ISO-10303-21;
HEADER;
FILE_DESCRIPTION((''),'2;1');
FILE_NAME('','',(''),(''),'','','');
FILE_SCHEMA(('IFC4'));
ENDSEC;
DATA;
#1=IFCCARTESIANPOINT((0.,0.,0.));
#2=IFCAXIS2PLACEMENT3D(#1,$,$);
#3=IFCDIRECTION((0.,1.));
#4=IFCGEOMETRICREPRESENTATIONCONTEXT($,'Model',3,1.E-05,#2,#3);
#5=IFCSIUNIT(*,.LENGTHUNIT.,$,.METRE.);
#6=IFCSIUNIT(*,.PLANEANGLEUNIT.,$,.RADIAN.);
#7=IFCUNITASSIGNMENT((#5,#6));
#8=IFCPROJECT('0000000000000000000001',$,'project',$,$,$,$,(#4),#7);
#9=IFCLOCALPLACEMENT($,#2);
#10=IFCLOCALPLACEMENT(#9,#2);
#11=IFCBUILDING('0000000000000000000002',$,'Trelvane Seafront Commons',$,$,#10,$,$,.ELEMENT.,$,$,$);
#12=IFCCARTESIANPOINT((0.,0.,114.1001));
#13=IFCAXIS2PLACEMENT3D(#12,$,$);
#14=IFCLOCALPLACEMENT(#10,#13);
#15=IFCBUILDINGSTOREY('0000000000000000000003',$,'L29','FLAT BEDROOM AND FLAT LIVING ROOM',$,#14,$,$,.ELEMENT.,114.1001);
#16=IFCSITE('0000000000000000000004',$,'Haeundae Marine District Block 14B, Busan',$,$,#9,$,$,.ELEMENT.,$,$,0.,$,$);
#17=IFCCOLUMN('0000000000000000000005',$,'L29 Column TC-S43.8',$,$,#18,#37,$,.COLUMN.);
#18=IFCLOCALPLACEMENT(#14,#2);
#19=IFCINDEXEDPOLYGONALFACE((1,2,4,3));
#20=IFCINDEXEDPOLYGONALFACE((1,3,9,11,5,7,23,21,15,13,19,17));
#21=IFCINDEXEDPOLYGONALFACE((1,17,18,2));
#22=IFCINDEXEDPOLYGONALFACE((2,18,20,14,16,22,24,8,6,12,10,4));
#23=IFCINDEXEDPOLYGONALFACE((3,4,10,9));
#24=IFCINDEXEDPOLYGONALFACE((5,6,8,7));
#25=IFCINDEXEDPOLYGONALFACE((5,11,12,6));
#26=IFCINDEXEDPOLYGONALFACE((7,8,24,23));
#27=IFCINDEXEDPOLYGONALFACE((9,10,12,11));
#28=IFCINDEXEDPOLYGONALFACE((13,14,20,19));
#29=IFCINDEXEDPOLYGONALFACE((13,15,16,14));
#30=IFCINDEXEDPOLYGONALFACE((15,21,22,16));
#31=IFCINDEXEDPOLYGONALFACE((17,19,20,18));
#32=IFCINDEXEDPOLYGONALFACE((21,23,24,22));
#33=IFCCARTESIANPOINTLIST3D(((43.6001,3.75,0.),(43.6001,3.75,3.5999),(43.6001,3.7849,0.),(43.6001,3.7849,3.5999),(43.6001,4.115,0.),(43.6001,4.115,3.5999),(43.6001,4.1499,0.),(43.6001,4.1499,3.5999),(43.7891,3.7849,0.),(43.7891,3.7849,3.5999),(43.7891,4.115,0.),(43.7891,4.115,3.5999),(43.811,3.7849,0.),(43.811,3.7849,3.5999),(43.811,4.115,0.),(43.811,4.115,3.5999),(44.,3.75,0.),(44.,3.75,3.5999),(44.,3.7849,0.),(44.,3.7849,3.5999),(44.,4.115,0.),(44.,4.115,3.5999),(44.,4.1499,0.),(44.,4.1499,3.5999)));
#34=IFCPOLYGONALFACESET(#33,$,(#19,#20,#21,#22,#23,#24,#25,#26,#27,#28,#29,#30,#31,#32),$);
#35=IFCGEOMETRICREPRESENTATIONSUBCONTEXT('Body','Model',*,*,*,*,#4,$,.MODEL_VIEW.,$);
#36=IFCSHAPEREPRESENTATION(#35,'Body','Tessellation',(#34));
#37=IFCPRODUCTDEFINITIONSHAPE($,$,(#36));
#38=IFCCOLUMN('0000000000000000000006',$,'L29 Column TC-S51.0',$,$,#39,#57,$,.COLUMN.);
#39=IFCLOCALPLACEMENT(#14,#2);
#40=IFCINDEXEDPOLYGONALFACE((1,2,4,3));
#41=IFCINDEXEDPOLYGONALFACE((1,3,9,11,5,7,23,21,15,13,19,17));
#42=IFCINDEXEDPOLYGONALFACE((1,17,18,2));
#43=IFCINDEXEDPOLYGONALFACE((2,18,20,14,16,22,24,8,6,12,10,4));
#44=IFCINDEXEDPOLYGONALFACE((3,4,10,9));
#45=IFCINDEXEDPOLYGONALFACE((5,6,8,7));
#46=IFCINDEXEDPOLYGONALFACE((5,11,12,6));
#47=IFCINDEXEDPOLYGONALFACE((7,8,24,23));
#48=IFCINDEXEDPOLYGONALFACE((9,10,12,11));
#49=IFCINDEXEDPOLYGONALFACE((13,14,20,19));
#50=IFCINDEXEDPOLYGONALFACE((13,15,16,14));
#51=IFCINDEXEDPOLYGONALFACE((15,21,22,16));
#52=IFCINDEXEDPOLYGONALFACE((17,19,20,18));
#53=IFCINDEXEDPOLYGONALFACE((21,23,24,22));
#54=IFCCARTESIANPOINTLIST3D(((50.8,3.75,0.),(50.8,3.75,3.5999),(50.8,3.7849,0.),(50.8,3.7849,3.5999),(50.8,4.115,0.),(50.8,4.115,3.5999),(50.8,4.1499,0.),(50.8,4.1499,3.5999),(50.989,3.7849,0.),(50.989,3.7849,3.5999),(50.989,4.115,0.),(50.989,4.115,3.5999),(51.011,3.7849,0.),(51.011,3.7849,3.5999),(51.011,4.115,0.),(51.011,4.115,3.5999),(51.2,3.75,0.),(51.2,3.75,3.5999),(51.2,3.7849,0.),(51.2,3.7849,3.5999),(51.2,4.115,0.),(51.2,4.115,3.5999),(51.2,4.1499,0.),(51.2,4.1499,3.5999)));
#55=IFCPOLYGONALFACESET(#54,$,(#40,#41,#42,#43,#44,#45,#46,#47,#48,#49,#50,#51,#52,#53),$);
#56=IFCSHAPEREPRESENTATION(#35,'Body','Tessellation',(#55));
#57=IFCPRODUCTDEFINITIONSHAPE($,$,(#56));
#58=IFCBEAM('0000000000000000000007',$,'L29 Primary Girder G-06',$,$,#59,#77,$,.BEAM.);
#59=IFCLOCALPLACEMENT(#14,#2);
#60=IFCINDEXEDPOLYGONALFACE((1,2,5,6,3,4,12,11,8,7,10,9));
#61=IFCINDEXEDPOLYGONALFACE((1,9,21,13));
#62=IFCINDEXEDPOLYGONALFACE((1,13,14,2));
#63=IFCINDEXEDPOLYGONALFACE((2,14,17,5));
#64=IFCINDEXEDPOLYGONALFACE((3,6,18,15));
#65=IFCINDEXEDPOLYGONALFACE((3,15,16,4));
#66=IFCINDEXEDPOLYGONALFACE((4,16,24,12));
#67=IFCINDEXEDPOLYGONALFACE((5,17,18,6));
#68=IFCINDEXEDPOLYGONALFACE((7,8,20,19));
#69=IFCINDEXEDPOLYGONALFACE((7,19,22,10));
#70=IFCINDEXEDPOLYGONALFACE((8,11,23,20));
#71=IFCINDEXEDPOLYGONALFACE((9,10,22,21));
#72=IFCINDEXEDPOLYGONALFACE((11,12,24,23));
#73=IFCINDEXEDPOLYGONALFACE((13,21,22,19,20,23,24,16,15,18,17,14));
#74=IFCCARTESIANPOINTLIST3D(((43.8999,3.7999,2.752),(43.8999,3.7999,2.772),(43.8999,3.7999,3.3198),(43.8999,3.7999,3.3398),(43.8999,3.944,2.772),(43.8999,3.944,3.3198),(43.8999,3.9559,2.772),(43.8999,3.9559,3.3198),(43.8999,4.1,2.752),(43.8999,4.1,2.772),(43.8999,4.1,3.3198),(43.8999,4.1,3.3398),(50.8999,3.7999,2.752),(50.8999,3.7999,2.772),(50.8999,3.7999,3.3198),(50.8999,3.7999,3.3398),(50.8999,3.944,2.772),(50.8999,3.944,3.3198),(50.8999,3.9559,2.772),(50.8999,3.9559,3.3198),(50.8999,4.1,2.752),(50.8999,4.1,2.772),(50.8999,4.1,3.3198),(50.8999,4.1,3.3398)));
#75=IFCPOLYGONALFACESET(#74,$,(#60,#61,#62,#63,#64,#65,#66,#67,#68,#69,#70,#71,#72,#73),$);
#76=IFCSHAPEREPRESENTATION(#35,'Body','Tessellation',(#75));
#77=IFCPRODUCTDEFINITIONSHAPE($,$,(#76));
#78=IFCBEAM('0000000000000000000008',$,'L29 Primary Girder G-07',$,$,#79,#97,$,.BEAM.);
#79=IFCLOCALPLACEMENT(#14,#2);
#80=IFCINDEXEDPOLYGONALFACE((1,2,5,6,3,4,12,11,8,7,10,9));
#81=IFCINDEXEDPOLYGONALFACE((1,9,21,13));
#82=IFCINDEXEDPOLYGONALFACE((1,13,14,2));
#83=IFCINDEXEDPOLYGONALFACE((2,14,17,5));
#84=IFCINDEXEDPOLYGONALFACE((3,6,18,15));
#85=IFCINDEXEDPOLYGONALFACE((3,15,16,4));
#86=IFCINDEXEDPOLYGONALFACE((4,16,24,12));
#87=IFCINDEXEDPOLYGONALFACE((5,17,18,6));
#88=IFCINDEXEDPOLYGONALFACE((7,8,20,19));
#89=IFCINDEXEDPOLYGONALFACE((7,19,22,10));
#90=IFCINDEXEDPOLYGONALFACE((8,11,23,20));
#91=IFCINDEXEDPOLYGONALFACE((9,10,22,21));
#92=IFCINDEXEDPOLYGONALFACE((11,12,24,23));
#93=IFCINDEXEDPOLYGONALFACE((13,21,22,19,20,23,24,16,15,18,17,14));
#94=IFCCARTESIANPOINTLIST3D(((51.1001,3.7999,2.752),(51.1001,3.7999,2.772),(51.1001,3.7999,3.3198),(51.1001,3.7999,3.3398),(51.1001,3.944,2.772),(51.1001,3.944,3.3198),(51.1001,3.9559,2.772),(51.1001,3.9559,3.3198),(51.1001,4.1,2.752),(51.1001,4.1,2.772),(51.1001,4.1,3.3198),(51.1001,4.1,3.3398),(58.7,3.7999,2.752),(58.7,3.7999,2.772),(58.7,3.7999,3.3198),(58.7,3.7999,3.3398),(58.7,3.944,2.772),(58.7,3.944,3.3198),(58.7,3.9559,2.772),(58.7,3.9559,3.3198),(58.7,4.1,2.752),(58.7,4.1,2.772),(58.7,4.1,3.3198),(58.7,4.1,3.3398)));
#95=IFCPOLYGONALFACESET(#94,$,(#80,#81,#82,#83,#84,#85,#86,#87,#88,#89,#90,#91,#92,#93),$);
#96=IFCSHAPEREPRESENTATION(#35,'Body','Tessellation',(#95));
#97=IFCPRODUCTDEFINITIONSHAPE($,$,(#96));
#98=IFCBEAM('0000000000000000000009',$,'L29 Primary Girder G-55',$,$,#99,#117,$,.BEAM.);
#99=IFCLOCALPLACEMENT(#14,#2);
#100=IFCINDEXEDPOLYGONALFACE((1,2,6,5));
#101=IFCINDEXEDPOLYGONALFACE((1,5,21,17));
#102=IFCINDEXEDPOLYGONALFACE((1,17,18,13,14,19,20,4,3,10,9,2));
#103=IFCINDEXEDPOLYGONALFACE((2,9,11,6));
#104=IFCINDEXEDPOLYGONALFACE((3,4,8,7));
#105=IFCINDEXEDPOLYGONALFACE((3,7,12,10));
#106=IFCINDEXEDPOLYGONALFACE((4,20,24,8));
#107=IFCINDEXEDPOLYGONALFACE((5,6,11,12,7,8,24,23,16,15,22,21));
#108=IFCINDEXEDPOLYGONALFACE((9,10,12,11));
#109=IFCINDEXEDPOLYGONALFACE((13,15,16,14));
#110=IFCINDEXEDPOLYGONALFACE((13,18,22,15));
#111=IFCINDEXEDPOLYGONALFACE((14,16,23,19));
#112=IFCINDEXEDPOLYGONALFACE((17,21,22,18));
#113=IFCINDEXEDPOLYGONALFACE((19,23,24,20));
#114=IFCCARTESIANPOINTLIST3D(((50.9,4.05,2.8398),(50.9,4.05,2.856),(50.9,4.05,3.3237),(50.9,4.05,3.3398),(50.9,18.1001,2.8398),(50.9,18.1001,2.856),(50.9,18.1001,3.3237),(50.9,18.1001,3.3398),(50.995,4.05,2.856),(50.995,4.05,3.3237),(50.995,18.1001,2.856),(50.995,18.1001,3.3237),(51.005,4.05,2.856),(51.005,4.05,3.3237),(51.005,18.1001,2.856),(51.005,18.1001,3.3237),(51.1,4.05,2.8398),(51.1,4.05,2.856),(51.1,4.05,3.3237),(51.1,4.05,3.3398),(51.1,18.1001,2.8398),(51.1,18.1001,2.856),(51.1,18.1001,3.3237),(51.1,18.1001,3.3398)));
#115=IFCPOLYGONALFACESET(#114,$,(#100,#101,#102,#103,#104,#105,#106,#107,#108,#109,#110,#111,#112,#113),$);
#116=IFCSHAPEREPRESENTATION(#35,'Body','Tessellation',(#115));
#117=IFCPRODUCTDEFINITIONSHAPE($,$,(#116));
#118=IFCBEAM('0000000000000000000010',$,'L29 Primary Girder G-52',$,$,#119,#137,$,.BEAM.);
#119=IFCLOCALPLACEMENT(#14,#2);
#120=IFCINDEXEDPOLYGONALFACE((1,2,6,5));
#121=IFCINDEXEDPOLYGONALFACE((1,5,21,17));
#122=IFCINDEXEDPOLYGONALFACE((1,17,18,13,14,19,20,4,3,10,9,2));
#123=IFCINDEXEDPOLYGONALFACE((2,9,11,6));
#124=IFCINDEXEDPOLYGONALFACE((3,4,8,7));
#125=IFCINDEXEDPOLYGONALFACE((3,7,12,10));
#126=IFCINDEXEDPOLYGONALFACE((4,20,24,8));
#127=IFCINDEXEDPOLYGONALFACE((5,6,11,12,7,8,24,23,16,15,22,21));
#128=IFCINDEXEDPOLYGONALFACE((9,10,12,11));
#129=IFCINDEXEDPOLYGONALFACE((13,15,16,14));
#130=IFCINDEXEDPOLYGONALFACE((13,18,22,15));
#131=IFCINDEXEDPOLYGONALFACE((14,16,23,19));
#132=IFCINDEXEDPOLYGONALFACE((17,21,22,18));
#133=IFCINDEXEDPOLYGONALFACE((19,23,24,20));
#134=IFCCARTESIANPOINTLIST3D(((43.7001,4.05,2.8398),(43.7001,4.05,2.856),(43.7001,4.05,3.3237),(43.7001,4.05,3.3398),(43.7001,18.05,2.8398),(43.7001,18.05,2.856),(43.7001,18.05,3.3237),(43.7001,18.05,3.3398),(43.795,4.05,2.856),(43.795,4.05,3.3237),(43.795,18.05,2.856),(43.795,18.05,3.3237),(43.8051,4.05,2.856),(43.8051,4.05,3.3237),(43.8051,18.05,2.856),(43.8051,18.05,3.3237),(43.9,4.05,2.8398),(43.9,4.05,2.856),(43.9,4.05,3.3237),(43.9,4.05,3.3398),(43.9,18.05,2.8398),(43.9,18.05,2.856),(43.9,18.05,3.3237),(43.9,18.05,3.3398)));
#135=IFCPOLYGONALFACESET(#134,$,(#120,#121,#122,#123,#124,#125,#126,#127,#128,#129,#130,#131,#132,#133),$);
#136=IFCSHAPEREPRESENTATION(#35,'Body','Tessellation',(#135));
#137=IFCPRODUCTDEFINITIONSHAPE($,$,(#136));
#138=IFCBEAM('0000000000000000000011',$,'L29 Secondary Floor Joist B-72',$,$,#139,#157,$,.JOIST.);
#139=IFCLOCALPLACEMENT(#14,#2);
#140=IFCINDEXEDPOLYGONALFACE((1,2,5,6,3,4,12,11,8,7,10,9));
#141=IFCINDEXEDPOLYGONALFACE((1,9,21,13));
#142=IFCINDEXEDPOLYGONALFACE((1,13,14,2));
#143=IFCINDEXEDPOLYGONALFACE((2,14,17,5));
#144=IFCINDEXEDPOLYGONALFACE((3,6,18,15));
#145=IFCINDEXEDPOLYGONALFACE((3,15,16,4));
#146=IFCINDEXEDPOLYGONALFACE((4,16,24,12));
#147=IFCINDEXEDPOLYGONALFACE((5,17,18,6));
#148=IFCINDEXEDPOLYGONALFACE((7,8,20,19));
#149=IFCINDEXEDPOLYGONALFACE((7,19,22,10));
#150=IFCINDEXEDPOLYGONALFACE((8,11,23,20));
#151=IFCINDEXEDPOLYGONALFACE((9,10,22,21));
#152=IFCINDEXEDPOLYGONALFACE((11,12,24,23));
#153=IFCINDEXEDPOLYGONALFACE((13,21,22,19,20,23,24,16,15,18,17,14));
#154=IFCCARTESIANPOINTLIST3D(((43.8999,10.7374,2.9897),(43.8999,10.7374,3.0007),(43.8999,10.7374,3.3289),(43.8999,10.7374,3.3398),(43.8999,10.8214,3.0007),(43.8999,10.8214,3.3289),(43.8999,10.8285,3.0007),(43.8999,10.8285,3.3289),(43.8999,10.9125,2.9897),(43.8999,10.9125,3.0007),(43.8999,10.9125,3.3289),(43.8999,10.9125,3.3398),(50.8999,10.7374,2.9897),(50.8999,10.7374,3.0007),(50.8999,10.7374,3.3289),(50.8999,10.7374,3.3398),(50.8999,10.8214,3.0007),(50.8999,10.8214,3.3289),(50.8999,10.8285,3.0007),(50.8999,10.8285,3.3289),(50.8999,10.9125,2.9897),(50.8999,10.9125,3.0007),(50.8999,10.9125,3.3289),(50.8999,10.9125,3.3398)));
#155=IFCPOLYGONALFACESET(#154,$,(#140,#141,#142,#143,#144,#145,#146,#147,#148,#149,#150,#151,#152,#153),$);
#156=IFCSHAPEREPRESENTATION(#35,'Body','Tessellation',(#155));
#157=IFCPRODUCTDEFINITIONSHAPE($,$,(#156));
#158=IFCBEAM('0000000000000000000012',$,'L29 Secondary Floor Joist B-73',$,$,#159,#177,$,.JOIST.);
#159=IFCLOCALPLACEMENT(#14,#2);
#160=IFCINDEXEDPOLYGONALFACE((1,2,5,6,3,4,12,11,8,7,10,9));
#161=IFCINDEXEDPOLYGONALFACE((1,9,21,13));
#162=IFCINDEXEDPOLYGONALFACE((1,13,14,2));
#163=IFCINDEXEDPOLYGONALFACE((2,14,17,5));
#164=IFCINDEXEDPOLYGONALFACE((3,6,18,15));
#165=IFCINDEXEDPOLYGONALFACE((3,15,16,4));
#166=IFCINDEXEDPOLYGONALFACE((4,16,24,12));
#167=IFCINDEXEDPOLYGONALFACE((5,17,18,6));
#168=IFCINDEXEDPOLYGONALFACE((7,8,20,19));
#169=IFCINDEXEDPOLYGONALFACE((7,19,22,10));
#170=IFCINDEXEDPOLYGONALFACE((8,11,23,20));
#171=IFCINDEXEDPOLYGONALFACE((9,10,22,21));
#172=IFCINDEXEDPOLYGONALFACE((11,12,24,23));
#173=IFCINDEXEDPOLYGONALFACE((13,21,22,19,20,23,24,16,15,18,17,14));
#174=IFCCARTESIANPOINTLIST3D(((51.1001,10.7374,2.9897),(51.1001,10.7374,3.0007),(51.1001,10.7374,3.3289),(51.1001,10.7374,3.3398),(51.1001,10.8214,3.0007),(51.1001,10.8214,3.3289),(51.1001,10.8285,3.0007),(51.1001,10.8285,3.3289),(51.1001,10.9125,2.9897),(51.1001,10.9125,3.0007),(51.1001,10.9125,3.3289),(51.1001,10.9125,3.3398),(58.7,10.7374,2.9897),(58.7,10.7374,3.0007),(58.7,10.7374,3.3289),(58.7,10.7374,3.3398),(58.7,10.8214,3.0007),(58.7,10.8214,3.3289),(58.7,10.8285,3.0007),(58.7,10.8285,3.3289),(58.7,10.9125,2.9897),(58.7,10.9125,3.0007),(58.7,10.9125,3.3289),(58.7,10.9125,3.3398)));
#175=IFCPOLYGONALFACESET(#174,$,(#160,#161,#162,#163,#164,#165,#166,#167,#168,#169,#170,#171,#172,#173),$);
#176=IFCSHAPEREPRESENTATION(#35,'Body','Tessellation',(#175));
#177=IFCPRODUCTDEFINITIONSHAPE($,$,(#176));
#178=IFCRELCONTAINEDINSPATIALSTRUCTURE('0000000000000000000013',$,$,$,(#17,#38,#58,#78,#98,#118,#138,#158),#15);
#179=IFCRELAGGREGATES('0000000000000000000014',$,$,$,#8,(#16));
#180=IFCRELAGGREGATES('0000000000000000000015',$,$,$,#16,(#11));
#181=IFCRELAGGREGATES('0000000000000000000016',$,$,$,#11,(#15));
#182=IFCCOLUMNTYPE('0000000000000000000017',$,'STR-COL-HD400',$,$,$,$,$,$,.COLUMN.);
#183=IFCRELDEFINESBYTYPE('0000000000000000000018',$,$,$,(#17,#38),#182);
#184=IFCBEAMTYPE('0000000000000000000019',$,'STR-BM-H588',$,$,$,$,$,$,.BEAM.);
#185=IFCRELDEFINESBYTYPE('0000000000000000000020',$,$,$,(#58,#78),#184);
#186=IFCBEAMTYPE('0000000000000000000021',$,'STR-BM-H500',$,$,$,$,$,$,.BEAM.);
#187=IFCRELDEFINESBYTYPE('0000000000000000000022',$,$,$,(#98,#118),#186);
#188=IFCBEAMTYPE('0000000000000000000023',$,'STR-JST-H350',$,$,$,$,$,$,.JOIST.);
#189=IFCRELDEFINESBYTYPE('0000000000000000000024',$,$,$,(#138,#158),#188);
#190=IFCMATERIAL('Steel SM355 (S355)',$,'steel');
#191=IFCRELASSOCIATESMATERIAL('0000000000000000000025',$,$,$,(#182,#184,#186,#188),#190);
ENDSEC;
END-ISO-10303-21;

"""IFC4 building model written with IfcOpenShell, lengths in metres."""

from ifc_helpers import new_model, si_unit, direction, frame, origin, origin_2d, place, context, subcontext, project, spatial, i_section, extrude, source, transform, mapped, material, material_profile, profile_set, type_object, element, save


model = new_model("IFC4")

# Units and contexts
model_context = context("Model", 3, precision=1e-05, world=origin(), true_north=direction((0.0, 1.0)))
body_context = subcontext(model_context, "Body", "Model", "MODEL_VIEW")
ifc_project = project(units=[si_unit("LENGTHUNIT", "METRE"), si_unit("PLANEANGLEUNIT", "RADIAN")], contexts=[model_context])

# Site, building, storey
site_placement = place(None, origin())
site = spatial("IfcSite", under=ifc_project, at=site_placement, Name="Haeundae Marine District Block 14B, Busan", CompositionType="ELEMENT", RefElevation=0.0)
building_placement = place(site_placement, origin())
building = spatial("IfcBuilding", under=site, at=building_placement, Name="Trelvane Seafront Commons", CompositionType="ELEMENT")
storey_placement = place(building_placement, frame((0.0, 0.0, 114.1001)))
storey = spatial("IfcBuildingStorey", under=building, at=storey_placement, Name="L29", Description="FLAT BEDROOM AND FLAT LIVING ROOM", CompositionType="ELEMENT", Elevation=114.1001)

# Columns
ifc_material_1 = material(Name="Steel SM355 (S355)", Category="steel")
ifc_material_profile_1 = material_profile(ifc_material_1, i_section(OverallWidth=0.3999, OverallDepth=0.3999, WebThickness=0.022, FlangeThickness=0.0349, at=origin_2d()), Name="HD-400x400x22x35")
ifc_profile_set_1 = profile_set([ifc_material_profile_1], Name="Steel SM355 (S355)")
column_type = type_object("IfcColumnType", Name="STR-COL-HD400", PredefinedType="COLUMN", material=ifc_profile_set_1)
shared_shape_1 = source(origin(), body_context, "Body", "SweptSolid", [
    extrude(i_section(OverallWidth=0.3999, OverallDepth=0.3999, WebThickness=0.022, FlangeThickness=0.0349, at=origin_2d()), origin(), (0.0, 0.0, 1.0), 3.5999),
])
for number, where, z_axis, x_axis, name in (
    (1, (43.8, 3.95, 0.0), (0.0, 0.0, 1.0), (1.0, 0.0, 0.0), "L29 Column TC-S43.8"),
    (2, (51.0, 3.95, 0.0), (0.0, 0.0, 1.0), (1.0, 0.0, 0.0), "L29 Column TC-S51.0"),
):
    element("IfcColumn", number, at=place(storey_placement, frame(where, z_axis=z_axis, x_axis=x_axis)), inside=storey, type_object=column_type, Name=name, PredefinedType="COLUMN", context=body_context, shape_type="MappedRepresentation", body=[
        mapped(shared_shape_1, transform((0.0, 0.0, 0.0), x_axis=(1.0, 0.0, 0.0), y_axis=(0.0, 1.0, 0.0), z_axis=(0.0, 0.0, 1.0), scale=1.0)),
    ])

# Beams
ifc_material_profile_2 = material_profile(ifc_material_1, i_section(OverallWidth=0.3, OverallDepth=0.5879, WebThickness=0.012, FlangeThickness=0.02, at=origin_2d()), Name="H-588x300x12x20")
ifc_profile_set_2 = profile_set([ifc_material_profile_2], Name="Steel SM355 (S355)")
beam_type_1 = type_object("IfcBeamType", Name="STR-BM-H588", PredefinedType="BEAM", material=ifc_profile_set_2)
shared_shape_2 = source(origin(), body_context, "Body", "SweptSolid", [
    extrude(i_section(OverallWidth=0.3, OverallDepth=0.5879, WebThickness=0.012, FlangeThickness=0.02, at=origin_2d()), origin(), (0.0, 0.0, 1.0), 7.0),
])
beam_1_placement = place(storey_placement, frame((43.8999, 3.95, 3.0459), z_axis=(1.0, 0.0, 0.0), x_axis=(0.0, 1.0, 0.0)))
element("IfcBeam", 3, at=beam_1_placement, inside=storey, type_object=beam_type_1, Name="L29 Primary Girder G-06", PredefinedType="BEAM", context=body_context, shape_type="MappedRepresentation", body=[
    mapped(shared_shape_2, transform((0.0, 0.0, 0.0), x_axis=(1.0, 0.0, 0.0), y_axis=(0.0, 1.0, 0.0), z_axis=(0.0, 0.0, 1.0), scale=1.0)),
])
shared_shape_3 = source(origin(), body_context, "Body", "SweptSolid", [
    extrude(i_section(OverallWidth=0.3, OverallDepth=0.5879, WebThickness=0.012, FlangeThickness=0.02, at=origin_2d()), origin(), (0.0, 0.0, 1.0), 7.5999),
])
beam_2_placement = place(storey_placement, frame((51.1001, 3.95, 3.0459), z_axis=(1.0, 0.0, 0.0), x_axis=(0.0, 1.0, 0.0)))
element("IfcBeam", 4, at=beam_2_placement, inside=storey, type_object=beam_type_1, Name="L29 Primary Girder G-07", PredefinedType="BEAM", context=body_context, shape_type="MappedRepresentation", body=[
    mapped(shared_shape_3, transform((0.0, 0.0, 0.0), x_axis=(1.0, 0.0, 0.0), y_axis=(0.0, 1.0, 0.0), z_axis=(0.0, 0.0, 1.0), scale=1.0)),
])
ifc_material_profile_3 = material_profile(ifc_material_1, i_section(OverallWidth=0.2, OverallDepth=0.5, WebThickness=0.01, FlangeThickness=0.0161, at=origin_2d()), Name="H-500x200x10x16")
ifc_profile_set_3 = profile_set([ifc_material_profile_3], Name="Steel SM355 (S355)")
beam_type_2 = type_object("IfcBeamType", Name="STR-BM-H500", PredefinedType="BEAM", material=ifc_profile_set_3)
shared_shape_4 = source(origin(), body_context, "Body", "SweptSolid", [
    extrude(i_section(OverallWidth=0.2, OverallDepth=0.5, WebThickness=0.01, FlangeThickness=0.0161, at=origin_2d()), origin(), (0.0, 0.0, 1.0), 14.05),
])
beam_3_placement = place(storey_placement, frame((51.0, 4.05, 3.0898), z_axis=(0.0, 1.0, 0.0), x_axis=(-1.0, 0.0, 0.0)))
element("IfcBeam", 5, at=beam_3_placement, inside=storey, type_object=beam_type_2, Name="L29 Primary Girder G-55", PredefinedType="BEAM", context=body_context, shape_type="MappedRepresentation", body=[
    mapped(shared_shape_4, transform((0.0, 0.0, 0.0), x_axis=(1.0, 0.0, 0.0), y_axis=(0.0, 1.0, 0.0), z_axis=(0.0, 0.0, 1.0), scale=1.0)),
])
shared_shape_5 = source(origin(), body_context, "Body", "SweptSolid", [
    extrude(i_section(OverallWidth=0.2, OverallDepth=0.5, WebThickness=0.01, FlangeThickness=0.0161, at=origin_2d()), origin(), (0.0, 0.0, 1.0), 14.0),
])
beam_4_placement = place(storey_placement, frame((43.8, 4.05, 3.0898), z_axis=(0.0, 1.0, 0.0), x_axis=(-1.0, 0.0, 0.0)))
element("IfcBeam", 6, at=beam_4_placement, inside=storey, type_object=beam_type_2, Name="L29 Primary Girder G-52", PredefinedType="BEAM", context=body_context, shape_type="MappedRepresentation", body=[
    mapped(shared_shape_5, transform((0.0, 0.0, 0.0), x_axis=(1.0, 0.0, 0.0), y_axis=(0.0, 1.0, 0.0), z_axis=(0.0, 0.0, 1.0), scale=1.0)),
])
ifc_material_profile_4 = material_profile(ifc_material_1, i_section(OverallWidth=0.175, OverallDepth=0.3501, WebThickness=0.0071, FlangeThickness=0.011, at=origin_2d()), Name="H-350x175x7x11")
ifc_profile_set_4 = profile_set([ifc_material_profile_4], Name="Steel SM355 (S355)")
beam_type_3 = type_object("IfcBeamType", Name="STR-JST-H350", PredefinedType="JOIST", material=ifc_profile_set_4)
shared_shape_6 = source(origin(), body_context, "Body", "SweptSolid", [
    extrude(i_section(OverallWidth=0.175, OverallDepth=0.3501, WebThickness=0.0071, FlangeThickness=0.011, at=origin_2d()), origin(), (0.0, 0.0, 1.0), 7.0),
])
beam_5_placement = place(storey_placement, frame((43.8999, 10.825, 3.1648), z_axis=(1.0, 0.0, 0.0), x_axis=(0.0, 1.0, 0.0)))
element("IfcBeam", 7, at=beam_5_placement, inside=storey, type_object=beam_type_3, Name="L29 Secondary Floor Joist B-72", PredefinedType="JOIST", context=body_context, shape_type="MappedRepresentation", body=[
    mapped(shared_shape_6, transform((0.0, 0.0, 0.0), x_axis=(1.0, 0.0, 0.0), y_axis=(0.0, 1.0, 0.0), z_axis=(0.0, 0.0, 1.0), scale=1.0)),
])
shared_shape_7 = source(origin(), body_context, "Body", "SweptSolid", [
    extrude(i_section(OverallWidth=0.175, OverallDepth=0.3501, WebThickness=0.0071, FlangeThickness=0.011, at=origin_2d()), origin(), (0.0, 0.0, 1.0), 7.5999),
])
beam_6_placement = place(storey_placement, frame((51.1001, 10.825, 3.1648), z_axis=(1.0, 0.0, 0.0), x_axis=(0.0, 1.0, 0.0)))
element("IfcBeam", 8, at=beam_6_placement, inside=storey, type_object=beam_type_3, Name="L29 Secondary Floor Joist B-73", PredefinedType="JOIST", context=body_context, shape_type="MappedRepresentation", body=[
    mapped(shared_shape_7, transform((0.0, 0.0, 0.0), x_axis=(1.0, 0.0, 0.0), y_axis=(0.0, 1.0, 0.0), z_axis=(0.0, 0.0, 1.0), scale=1.0)),
])

save(model, "model.ifc")
